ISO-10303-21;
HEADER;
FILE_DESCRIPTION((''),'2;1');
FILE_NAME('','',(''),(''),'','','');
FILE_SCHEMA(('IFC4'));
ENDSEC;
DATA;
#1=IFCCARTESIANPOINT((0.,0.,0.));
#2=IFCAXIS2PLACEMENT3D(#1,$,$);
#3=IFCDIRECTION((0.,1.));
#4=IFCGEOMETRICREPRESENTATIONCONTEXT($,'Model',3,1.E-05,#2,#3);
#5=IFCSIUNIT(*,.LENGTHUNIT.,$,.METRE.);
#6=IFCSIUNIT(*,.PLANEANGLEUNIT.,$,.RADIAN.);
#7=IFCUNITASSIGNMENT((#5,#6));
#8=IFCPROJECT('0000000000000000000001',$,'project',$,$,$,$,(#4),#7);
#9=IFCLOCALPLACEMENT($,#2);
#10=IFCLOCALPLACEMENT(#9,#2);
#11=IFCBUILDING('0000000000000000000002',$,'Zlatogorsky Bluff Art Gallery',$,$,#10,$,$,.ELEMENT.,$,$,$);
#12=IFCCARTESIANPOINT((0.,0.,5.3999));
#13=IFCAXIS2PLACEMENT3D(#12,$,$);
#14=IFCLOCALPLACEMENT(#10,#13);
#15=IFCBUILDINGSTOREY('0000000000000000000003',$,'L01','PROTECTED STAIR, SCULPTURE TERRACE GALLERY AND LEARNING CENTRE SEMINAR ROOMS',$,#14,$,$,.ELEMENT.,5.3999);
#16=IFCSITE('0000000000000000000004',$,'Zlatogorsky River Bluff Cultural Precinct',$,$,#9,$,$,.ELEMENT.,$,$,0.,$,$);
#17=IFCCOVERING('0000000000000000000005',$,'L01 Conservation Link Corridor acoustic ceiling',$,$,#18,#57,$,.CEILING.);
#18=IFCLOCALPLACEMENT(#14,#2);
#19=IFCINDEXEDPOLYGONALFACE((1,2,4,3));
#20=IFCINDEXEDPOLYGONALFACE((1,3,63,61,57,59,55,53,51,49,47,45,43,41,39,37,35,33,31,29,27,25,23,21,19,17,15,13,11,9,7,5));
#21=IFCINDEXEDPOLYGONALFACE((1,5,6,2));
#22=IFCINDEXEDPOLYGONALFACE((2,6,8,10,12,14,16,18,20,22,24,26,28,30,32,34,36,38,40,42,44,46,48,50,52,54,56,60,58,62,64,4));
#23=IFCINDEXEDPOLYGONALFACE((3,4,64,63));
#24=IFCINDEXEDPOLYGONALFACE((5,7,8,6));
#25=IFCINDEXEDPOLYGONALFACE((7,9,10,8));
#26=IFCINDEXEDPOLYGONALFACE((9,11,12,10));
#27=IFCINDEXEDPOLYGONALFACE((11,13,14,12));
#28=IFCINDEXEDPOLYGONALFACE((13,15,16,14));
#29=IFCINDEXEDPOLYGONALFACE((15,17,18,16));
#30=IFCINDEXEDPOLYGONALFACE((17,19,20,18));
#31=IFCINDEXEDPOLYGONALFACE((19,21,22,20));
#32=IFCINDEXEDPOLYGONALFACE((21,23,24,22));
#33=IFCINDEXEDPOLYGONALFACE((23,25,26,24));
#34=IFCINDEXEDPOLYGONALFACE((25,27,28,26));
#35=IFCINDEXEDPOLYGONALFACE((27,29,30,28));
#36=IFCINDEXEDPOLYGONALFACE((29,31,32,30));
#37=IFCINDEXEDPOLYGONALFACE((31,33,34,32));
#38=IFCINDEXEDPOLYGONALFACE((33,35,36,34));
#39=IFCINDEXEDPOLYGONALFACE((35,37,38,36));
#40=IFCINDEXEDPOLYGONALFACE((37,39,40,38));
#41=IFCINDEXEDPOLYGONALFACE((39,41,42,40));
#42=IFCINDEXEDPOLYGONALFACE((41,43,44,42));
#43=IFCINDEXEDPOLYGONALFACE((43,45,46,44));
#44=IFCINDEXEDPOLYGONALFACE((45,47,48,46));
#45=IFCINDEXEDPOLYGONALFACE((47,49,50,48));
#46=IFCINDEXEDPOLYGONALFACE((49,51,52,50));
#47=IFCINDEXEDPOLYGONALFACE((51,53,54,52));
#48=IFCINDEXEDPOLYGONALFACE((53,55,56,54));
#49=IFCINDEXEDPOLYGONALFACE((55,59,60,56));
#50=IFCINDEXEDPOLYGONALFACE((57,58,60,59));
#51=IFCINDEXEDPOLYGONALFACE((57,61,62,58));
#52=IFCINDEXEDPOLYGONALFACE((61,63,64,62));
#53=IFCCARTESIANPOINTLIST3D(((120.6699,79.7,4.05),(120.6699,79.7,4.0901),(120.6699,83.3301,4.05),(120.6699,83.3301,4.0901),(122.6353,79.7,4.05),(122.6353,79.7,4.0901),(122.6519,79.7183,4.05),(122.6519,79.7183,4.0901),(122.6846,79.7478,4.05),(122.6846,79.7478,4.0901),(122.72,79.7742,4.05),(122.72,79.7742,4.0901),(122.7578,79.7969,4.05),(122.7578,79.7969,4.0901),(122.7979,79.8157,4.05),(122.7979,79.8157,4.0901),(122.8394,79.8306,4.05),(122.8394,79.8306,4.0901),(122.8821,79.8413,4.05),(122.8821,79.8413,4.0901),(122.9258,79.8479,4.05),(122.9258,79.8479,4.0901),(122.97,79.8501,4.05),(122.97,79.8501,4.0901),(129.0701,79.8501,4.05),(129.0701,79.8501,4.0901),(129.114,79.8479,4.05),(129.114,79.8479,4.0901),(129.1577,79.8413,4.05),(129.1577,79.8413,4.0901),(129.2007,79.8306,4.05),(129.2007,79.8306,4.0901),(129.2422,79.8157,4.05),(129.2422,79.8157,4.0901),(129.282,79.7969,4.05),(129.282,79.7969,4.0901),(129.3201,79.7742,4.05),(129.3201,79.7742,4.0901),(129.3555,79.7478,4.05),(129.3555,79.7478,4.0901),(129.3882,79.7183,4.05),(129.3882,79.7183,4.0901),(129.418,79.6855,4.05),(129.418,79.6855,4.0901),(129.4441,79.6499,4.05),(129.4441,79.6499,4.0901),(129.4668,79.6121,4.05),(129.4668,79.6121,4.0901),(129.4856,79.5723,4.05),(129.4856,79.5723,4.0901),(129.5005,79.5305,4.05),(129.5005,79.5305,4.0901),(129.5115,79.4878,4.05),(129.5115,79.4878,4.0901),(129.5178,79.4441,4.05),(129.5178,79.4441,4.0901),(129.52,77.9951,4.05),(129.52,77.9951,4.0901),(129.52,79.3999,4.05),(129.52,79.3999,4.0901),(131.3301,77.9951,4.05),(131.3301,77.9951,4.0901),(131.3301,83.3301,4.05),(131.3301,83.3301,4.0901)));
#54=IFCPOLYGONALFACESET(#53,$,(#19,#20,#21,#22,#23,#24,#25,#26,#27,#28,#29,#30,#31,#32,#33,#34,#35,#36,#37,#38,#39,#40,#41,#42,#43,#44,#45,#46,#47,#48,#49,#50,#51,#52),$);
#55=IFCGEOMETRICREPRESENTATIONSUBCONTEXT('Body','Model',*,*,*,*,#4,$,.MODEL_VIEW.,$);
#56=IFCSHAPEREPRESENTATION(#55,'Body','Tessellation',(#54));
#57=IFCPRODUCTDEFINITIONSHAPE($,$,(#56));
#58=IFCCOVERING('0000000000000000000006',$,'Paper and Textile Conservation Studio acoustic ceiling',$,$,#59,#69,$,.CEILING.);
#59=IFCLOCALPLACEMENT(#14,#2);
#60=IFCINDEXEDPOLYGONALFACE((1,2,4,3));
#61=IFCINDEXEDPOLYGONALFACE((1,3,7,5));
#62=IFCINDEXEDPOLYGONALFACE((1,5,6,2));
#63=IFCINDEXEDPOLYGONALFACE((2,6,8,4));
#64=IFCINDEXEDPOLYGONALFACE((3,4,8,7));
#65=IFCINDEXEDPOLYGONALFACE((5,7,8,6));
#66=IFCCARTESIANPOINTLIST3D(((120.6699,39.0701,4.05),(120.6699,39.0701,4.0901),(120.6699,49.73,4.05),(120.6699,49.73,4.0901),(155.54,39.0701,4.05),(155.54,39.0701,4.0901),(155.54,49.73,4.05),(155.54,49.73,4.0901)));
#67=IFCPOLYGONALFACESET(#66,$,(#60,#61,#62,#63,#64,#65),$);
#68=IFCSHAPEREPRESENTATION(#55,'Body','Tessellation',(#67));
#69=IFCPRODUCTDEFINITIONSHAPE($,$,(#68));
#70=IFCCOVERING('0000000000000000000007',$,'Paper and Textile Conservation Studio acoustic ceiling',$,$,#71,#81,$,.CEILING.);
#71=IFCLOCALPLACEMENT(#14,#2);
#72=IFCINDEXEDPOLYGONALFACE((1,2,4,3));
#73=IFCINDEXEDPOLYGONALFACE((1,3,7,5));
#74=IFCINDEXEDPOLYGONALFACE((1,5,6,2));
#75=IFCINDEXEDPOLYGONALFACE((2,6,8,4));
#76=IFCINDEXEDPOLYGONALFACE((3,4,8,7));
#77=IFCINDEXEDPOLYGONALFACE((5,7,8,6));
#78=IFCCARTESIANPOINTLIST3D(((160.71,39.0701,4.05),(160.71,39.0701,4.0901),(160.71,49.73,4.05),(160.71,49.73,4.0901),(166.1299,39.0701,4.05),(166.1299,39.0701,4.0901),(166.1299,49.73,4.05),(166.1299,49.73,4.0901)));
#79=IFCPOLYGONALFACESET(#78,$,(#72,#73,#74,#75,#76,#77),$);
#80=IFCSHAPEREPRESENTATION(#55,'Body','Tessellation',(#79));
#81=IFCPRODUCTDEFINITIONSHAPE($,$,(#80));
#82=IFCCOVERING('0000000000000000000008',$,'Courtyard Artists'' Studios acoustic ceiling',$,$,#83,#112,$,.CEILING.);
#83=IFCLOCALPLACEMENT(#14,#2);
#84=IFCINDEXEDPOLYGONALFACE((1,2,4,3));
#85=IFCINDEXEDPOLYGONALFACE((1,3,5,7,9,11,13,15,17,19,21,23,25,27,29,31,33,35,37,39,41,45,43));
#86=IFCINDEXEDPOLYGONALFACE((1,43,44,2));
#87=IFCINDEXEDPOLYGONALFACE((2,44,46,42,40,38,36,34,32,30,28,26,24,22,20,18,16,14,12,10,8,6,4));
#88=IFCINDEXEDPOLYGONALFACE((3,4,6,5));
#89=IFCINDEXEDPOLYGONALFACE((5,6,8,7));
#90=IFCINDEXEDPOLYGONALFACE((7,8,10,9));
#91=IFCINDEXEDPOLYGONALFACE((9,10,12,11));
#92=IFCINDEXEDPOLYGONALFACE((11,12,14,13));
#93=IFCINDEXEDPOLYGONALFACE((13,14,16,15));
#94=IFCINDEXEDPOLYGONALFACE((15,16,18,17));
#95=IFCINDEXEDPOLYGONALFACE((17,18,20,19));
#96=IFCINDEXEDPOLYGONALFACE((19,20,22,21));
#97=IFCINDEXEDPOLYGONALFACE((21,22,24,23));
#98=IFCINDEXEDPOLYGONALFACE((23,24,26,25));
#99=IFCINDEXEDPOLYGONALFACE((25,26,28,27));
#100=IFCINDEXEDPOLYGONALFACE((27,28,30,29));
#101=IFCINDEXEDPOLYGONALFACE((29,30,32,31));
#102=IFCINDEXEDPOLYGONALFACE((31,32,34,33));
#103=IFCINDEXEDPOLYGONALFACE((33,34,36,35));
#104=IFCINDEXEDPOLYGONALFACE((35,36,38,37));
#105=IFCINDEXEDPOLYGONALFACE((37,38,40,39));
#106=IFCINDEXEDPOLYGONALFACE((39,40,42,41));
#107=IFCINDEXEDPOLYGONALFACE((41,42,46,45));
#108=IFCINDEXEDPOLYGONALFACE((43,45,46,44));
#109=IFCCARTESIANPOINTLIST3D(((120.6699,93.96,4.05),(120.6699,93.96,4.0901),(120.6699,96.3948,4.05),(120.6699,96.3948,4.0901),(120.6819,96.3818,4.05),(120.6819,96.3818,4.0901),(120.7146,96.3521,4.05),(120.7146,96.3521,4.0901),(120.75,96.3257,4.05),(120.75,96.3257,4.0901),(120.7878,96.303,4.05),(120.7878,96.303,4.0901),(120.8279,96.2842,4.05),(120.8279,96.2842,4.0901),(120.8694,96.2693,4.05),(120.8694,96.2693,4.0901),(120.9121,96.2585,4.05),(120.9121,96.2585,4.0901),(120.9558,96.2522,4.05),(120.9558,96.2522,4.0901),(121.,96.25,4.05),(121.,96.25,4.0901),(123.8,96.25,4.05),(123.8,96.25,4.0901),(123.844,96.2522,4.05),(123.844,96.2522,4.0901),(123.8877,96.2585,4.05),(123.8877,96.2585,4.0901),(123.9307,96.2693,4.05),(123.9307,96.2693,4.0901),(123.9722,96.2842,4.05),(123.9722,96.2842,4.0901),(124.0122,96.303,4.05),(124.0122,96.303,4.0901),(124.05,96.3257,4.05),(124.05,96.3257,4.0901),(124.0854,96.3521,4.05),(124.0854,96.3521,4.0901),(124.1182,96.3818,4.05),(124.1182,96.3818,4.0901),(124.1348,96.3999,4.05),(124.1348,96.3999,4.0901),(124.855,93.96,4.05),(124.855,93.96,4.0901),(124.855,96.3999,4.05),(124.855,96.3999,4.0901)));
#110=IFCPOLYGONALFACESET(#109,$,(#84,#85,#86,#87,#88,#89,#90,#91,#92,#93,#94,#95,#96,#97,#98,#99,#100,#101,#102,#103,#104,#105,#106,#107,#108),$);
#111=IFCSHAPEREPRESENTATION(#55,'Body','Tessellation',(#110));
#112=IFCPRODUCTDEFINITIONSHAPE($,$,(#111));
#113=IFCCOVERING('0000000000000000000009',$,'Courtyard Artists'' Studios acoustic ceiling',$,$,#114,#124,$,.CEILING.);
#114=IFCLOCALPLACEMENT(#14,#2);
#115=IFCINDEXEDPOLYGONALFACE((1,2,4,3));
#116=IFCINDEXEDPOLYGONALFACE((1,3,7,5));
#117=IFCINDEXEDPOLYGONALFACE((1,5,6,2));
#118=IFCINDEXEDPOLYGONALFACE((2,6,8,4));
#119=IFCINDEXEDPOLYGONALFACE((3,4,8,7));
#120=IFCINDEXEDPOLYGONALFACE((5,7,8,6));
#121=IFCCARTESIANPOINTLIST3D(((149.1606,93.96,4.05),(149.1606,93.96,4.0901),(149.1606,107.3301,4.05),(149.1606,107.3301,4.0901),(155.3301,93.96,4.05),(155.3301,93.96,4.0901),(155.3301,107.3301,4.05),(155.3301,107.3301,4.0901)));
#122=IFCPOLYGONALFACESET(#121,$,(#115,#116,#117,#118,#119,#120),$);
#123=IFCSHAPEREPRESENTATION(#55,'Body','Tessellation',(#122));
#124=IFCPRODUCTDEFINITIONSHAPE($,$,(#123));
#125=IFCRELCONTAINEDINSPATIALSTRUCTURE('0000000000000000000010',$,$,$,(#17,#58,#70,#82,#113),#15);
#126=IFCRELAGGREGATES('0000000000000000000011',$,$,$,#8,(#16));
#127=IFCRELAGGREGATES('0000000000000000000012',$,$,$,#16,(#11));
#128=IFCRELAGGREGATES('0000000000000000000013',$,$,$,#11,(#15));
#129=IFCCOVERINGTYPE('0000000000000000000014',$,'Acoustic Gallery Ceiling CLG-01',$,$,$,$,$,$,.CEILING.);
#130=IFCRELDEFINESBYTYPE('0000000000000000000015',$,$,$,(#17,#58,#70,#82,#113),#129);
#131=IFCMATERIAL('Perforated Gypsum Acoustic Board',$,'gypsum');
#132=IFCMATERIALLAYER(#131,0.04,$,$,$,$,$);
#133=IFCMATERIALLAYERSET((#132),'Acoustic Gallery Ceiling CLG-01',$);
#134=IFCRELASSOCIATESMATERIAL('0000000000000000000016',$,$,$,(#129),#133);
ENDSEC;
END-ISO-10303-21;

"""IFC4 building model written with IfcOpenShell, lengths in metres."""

from ifc_helpers import new_model, si_unit, direction, frame, origin, place, context, subcontext, project, spatial, polyline, outline, extrude, material, layer, layer_set, type_object, element, save


model = new_model("IFC4")

# Units and contexts
model_context = context("Model", 3, precision=1e-05, world=origin(), true_north=direction((0.0, 1.0)))
body_context = subcontext(model_context, "Body", "Model", "MODEL_VIEW")
ifc_project = project(units=[si_unit("LENGTHUNIT", "METRE"), si_unit("PLANEANGLEUNIT", "RADIAN")], contexts=[model_context])

# Site, building, storey
site_placement = place(None, origin())
site = spatial("IfcSite", under=ifc_project, at=site_placement, Name="Zlatogorsky River Bluff Cultural Precinct", CompositionType="ELEMENT", RefElevation=0.0)
building_placement = place(site_placement, origin())
building = spatial("IfcBuilding", under=site, at=building_placement, Name="Zlatogorsky Bluff Art Gallery", CompositionType="ELEMENT")
storey_placement = place(building_placement, frame((0.0, 0.0, 5.3999)))
storey = spatial("IfcBuildingStorey", under=building, at=storey_placement, Name="L01", Description="PROTECTED STAIR, SCULPTURE TERRACE GALLERY AND LEARNING CENTRE SEMINAR ROOMS", CompositionType="ELEMENT", Elevation=5.3999)

# Coverings
ifc_material_1 = material(Name="Perforated Gypsum Acoustic Board", Category="gypsum")
ifc_layer_1 = layer(ifc_material_1, 0.04)
ifc_layer_set_1 = layer_set([ifc_layer_1], Name="Acoustic Gallery Ceiling CLG-01")
covering_type_1 = type_object("IfcCoveringType", Name="Acoustic Gallery Ceiling CLG-01", PredefinedType="CEILING", material=ifc_layer_set_1)
covering_1_placement = place(storey_placement, frame((0.0, 0.0, 4.05)))
element("IfcCovering", 1, at=covering_1_placement, inside=storey, type_object=covering_type_1, Name="L01 Conservation Link Corridor acoustic ceiling", PredefinedType="CEILING", context=body_context, shape_type="SweptSolid", body=[
    extrude(outline(polyline([(120.6699, 83.3301), (131.3301, 83.3301), (131.3301, 77.9951), (129.52, 77.9951), (129.52, 79.3999), (129.5178, 79.4441), (129.5115, 79.4878), (129.5005, 79.5305), (129.4856, 79.5723), (129.4668, 79.6121), (129.4441, 79.6499), (129.418, 79.6855), (129.3882, 79.7183), (129.3555, 79.7478), (129.3201, 79.7742), (129.282, 79.7969), (129.2422, 79.8157), (129.2007, 79.8306), (129.1577, 79.8413), (129.114, 79.8479), (129.0701, 79.8501), (122.97, 79.8501), (122.9258, 79.8479), (122.8821, 79.8413), (122.8394, 79.8306), (122.7979, 79.8157), (122.7578, 79.7969), (122.72, 79.7742), (122.6846, 79.7478), (122.6519, 79.7183), (122.6353, 79.7), (120.6699, 79.7), (120.6699, 83.3301)])), origin(), (0.0, 0.0, 1.0), 0.04),
])
covering_2_placement = place(storey_placement, frame((0.0, 0.0, 4.05)))
element("IfcCovering", 2, at=covering_2_placement, inside=storey, type_object=covering_type_1, Name="Paper and Textile Conservation Studio acoustic ceiling", PredefinedType="CEILING", context=body_context, shape_type="SweptSolid", body=[
    extrude(outline(polyline([(120.6699, 39.0701), (120.6699, 49.73), (155.54, 49.73), (155.54, 39.0701), (120.6699, 39.0701)])), origin(), (0.0, 0.0, 1.0), 0.04),
])
covering_3_placement = place(storey_placement, frame((0.0, 0.0, 4.05)))
element("IfcCovering", 3, at=covering_3_placement, inside=storey, type_object=covering_type_1, Name="Paper and Textile Conservation Studio acoustic ceiling", PredefinedType="CEILING", context=body_context, shape_type="SweptSolid", body=[
    extrude(outline(polyline([(160.71, 49.73), (166.1299, 49.73), (166.1299, 39.0701), (160.71, 39.0701), (160.71, 49.73)])), origin(), (0.0, 0.0, 1.0), 0.04),
])
covering_4_placement = place(storey_placement, frame((0.0, 0.0, 4.05)))
element("IfcCovering", 4, at=covering_4_placement, inside=storey, type_object=covering_type_1, Name="Courtyard Artists' Studios acoustic ceiling", PredefinedType="CEILING", context=body_context, shape_type="SweptSolid", body=[
    extrude(outline(polyline([(120.6699, 96.3948), (120.6819, 96.3818), (120.7146, 96.3521), (120.75, 96.3257), (120.7878, 96.303), (120.8279, 96.2842), (120.8694, 96.2693), (120.9121, 96.2585), (120.9558, 96.2522), (121.0, 96.25), (123.8, 96.25), (123.844, 96.2522), (123.8877, 96.2585), (123.9307, 96.2693), (123.9722, 96.2842), (124.0122, 96.303), (124.05, 96.3257), (124.0854, 96.3521), (124.1182, 96.3818), (124.1348, 96.3999), (124.855, 96.3999), (124.855, 93.96), (120.6699, 93.96), (120.6699, 96.3948)])), origin(), (0.0, 0.0, 1.0), 0.04),
])
covering_5_placement = place(storey_placement, frame((0.0, 0.0, 4.05)))
element("IfcCovering", 5, at=covering_5_placement, inside=storey, type_object=covering_type_1, Name="Courtyard Artists' Studios acoustic ceiling", PredefinedType="CEILING", context=body_context, shape_type="SweptSolid", body=[
    extrude(outline(polyline([(149.1606, 93.96), (149.1606, 107.3301), (155.3301, 107.3301), (155.3301, 93.96), (149.1606, 93.96)])), origin(), (0.0, 0.0, 1.0), 0.04),
])

save(model, "model.ifc")
